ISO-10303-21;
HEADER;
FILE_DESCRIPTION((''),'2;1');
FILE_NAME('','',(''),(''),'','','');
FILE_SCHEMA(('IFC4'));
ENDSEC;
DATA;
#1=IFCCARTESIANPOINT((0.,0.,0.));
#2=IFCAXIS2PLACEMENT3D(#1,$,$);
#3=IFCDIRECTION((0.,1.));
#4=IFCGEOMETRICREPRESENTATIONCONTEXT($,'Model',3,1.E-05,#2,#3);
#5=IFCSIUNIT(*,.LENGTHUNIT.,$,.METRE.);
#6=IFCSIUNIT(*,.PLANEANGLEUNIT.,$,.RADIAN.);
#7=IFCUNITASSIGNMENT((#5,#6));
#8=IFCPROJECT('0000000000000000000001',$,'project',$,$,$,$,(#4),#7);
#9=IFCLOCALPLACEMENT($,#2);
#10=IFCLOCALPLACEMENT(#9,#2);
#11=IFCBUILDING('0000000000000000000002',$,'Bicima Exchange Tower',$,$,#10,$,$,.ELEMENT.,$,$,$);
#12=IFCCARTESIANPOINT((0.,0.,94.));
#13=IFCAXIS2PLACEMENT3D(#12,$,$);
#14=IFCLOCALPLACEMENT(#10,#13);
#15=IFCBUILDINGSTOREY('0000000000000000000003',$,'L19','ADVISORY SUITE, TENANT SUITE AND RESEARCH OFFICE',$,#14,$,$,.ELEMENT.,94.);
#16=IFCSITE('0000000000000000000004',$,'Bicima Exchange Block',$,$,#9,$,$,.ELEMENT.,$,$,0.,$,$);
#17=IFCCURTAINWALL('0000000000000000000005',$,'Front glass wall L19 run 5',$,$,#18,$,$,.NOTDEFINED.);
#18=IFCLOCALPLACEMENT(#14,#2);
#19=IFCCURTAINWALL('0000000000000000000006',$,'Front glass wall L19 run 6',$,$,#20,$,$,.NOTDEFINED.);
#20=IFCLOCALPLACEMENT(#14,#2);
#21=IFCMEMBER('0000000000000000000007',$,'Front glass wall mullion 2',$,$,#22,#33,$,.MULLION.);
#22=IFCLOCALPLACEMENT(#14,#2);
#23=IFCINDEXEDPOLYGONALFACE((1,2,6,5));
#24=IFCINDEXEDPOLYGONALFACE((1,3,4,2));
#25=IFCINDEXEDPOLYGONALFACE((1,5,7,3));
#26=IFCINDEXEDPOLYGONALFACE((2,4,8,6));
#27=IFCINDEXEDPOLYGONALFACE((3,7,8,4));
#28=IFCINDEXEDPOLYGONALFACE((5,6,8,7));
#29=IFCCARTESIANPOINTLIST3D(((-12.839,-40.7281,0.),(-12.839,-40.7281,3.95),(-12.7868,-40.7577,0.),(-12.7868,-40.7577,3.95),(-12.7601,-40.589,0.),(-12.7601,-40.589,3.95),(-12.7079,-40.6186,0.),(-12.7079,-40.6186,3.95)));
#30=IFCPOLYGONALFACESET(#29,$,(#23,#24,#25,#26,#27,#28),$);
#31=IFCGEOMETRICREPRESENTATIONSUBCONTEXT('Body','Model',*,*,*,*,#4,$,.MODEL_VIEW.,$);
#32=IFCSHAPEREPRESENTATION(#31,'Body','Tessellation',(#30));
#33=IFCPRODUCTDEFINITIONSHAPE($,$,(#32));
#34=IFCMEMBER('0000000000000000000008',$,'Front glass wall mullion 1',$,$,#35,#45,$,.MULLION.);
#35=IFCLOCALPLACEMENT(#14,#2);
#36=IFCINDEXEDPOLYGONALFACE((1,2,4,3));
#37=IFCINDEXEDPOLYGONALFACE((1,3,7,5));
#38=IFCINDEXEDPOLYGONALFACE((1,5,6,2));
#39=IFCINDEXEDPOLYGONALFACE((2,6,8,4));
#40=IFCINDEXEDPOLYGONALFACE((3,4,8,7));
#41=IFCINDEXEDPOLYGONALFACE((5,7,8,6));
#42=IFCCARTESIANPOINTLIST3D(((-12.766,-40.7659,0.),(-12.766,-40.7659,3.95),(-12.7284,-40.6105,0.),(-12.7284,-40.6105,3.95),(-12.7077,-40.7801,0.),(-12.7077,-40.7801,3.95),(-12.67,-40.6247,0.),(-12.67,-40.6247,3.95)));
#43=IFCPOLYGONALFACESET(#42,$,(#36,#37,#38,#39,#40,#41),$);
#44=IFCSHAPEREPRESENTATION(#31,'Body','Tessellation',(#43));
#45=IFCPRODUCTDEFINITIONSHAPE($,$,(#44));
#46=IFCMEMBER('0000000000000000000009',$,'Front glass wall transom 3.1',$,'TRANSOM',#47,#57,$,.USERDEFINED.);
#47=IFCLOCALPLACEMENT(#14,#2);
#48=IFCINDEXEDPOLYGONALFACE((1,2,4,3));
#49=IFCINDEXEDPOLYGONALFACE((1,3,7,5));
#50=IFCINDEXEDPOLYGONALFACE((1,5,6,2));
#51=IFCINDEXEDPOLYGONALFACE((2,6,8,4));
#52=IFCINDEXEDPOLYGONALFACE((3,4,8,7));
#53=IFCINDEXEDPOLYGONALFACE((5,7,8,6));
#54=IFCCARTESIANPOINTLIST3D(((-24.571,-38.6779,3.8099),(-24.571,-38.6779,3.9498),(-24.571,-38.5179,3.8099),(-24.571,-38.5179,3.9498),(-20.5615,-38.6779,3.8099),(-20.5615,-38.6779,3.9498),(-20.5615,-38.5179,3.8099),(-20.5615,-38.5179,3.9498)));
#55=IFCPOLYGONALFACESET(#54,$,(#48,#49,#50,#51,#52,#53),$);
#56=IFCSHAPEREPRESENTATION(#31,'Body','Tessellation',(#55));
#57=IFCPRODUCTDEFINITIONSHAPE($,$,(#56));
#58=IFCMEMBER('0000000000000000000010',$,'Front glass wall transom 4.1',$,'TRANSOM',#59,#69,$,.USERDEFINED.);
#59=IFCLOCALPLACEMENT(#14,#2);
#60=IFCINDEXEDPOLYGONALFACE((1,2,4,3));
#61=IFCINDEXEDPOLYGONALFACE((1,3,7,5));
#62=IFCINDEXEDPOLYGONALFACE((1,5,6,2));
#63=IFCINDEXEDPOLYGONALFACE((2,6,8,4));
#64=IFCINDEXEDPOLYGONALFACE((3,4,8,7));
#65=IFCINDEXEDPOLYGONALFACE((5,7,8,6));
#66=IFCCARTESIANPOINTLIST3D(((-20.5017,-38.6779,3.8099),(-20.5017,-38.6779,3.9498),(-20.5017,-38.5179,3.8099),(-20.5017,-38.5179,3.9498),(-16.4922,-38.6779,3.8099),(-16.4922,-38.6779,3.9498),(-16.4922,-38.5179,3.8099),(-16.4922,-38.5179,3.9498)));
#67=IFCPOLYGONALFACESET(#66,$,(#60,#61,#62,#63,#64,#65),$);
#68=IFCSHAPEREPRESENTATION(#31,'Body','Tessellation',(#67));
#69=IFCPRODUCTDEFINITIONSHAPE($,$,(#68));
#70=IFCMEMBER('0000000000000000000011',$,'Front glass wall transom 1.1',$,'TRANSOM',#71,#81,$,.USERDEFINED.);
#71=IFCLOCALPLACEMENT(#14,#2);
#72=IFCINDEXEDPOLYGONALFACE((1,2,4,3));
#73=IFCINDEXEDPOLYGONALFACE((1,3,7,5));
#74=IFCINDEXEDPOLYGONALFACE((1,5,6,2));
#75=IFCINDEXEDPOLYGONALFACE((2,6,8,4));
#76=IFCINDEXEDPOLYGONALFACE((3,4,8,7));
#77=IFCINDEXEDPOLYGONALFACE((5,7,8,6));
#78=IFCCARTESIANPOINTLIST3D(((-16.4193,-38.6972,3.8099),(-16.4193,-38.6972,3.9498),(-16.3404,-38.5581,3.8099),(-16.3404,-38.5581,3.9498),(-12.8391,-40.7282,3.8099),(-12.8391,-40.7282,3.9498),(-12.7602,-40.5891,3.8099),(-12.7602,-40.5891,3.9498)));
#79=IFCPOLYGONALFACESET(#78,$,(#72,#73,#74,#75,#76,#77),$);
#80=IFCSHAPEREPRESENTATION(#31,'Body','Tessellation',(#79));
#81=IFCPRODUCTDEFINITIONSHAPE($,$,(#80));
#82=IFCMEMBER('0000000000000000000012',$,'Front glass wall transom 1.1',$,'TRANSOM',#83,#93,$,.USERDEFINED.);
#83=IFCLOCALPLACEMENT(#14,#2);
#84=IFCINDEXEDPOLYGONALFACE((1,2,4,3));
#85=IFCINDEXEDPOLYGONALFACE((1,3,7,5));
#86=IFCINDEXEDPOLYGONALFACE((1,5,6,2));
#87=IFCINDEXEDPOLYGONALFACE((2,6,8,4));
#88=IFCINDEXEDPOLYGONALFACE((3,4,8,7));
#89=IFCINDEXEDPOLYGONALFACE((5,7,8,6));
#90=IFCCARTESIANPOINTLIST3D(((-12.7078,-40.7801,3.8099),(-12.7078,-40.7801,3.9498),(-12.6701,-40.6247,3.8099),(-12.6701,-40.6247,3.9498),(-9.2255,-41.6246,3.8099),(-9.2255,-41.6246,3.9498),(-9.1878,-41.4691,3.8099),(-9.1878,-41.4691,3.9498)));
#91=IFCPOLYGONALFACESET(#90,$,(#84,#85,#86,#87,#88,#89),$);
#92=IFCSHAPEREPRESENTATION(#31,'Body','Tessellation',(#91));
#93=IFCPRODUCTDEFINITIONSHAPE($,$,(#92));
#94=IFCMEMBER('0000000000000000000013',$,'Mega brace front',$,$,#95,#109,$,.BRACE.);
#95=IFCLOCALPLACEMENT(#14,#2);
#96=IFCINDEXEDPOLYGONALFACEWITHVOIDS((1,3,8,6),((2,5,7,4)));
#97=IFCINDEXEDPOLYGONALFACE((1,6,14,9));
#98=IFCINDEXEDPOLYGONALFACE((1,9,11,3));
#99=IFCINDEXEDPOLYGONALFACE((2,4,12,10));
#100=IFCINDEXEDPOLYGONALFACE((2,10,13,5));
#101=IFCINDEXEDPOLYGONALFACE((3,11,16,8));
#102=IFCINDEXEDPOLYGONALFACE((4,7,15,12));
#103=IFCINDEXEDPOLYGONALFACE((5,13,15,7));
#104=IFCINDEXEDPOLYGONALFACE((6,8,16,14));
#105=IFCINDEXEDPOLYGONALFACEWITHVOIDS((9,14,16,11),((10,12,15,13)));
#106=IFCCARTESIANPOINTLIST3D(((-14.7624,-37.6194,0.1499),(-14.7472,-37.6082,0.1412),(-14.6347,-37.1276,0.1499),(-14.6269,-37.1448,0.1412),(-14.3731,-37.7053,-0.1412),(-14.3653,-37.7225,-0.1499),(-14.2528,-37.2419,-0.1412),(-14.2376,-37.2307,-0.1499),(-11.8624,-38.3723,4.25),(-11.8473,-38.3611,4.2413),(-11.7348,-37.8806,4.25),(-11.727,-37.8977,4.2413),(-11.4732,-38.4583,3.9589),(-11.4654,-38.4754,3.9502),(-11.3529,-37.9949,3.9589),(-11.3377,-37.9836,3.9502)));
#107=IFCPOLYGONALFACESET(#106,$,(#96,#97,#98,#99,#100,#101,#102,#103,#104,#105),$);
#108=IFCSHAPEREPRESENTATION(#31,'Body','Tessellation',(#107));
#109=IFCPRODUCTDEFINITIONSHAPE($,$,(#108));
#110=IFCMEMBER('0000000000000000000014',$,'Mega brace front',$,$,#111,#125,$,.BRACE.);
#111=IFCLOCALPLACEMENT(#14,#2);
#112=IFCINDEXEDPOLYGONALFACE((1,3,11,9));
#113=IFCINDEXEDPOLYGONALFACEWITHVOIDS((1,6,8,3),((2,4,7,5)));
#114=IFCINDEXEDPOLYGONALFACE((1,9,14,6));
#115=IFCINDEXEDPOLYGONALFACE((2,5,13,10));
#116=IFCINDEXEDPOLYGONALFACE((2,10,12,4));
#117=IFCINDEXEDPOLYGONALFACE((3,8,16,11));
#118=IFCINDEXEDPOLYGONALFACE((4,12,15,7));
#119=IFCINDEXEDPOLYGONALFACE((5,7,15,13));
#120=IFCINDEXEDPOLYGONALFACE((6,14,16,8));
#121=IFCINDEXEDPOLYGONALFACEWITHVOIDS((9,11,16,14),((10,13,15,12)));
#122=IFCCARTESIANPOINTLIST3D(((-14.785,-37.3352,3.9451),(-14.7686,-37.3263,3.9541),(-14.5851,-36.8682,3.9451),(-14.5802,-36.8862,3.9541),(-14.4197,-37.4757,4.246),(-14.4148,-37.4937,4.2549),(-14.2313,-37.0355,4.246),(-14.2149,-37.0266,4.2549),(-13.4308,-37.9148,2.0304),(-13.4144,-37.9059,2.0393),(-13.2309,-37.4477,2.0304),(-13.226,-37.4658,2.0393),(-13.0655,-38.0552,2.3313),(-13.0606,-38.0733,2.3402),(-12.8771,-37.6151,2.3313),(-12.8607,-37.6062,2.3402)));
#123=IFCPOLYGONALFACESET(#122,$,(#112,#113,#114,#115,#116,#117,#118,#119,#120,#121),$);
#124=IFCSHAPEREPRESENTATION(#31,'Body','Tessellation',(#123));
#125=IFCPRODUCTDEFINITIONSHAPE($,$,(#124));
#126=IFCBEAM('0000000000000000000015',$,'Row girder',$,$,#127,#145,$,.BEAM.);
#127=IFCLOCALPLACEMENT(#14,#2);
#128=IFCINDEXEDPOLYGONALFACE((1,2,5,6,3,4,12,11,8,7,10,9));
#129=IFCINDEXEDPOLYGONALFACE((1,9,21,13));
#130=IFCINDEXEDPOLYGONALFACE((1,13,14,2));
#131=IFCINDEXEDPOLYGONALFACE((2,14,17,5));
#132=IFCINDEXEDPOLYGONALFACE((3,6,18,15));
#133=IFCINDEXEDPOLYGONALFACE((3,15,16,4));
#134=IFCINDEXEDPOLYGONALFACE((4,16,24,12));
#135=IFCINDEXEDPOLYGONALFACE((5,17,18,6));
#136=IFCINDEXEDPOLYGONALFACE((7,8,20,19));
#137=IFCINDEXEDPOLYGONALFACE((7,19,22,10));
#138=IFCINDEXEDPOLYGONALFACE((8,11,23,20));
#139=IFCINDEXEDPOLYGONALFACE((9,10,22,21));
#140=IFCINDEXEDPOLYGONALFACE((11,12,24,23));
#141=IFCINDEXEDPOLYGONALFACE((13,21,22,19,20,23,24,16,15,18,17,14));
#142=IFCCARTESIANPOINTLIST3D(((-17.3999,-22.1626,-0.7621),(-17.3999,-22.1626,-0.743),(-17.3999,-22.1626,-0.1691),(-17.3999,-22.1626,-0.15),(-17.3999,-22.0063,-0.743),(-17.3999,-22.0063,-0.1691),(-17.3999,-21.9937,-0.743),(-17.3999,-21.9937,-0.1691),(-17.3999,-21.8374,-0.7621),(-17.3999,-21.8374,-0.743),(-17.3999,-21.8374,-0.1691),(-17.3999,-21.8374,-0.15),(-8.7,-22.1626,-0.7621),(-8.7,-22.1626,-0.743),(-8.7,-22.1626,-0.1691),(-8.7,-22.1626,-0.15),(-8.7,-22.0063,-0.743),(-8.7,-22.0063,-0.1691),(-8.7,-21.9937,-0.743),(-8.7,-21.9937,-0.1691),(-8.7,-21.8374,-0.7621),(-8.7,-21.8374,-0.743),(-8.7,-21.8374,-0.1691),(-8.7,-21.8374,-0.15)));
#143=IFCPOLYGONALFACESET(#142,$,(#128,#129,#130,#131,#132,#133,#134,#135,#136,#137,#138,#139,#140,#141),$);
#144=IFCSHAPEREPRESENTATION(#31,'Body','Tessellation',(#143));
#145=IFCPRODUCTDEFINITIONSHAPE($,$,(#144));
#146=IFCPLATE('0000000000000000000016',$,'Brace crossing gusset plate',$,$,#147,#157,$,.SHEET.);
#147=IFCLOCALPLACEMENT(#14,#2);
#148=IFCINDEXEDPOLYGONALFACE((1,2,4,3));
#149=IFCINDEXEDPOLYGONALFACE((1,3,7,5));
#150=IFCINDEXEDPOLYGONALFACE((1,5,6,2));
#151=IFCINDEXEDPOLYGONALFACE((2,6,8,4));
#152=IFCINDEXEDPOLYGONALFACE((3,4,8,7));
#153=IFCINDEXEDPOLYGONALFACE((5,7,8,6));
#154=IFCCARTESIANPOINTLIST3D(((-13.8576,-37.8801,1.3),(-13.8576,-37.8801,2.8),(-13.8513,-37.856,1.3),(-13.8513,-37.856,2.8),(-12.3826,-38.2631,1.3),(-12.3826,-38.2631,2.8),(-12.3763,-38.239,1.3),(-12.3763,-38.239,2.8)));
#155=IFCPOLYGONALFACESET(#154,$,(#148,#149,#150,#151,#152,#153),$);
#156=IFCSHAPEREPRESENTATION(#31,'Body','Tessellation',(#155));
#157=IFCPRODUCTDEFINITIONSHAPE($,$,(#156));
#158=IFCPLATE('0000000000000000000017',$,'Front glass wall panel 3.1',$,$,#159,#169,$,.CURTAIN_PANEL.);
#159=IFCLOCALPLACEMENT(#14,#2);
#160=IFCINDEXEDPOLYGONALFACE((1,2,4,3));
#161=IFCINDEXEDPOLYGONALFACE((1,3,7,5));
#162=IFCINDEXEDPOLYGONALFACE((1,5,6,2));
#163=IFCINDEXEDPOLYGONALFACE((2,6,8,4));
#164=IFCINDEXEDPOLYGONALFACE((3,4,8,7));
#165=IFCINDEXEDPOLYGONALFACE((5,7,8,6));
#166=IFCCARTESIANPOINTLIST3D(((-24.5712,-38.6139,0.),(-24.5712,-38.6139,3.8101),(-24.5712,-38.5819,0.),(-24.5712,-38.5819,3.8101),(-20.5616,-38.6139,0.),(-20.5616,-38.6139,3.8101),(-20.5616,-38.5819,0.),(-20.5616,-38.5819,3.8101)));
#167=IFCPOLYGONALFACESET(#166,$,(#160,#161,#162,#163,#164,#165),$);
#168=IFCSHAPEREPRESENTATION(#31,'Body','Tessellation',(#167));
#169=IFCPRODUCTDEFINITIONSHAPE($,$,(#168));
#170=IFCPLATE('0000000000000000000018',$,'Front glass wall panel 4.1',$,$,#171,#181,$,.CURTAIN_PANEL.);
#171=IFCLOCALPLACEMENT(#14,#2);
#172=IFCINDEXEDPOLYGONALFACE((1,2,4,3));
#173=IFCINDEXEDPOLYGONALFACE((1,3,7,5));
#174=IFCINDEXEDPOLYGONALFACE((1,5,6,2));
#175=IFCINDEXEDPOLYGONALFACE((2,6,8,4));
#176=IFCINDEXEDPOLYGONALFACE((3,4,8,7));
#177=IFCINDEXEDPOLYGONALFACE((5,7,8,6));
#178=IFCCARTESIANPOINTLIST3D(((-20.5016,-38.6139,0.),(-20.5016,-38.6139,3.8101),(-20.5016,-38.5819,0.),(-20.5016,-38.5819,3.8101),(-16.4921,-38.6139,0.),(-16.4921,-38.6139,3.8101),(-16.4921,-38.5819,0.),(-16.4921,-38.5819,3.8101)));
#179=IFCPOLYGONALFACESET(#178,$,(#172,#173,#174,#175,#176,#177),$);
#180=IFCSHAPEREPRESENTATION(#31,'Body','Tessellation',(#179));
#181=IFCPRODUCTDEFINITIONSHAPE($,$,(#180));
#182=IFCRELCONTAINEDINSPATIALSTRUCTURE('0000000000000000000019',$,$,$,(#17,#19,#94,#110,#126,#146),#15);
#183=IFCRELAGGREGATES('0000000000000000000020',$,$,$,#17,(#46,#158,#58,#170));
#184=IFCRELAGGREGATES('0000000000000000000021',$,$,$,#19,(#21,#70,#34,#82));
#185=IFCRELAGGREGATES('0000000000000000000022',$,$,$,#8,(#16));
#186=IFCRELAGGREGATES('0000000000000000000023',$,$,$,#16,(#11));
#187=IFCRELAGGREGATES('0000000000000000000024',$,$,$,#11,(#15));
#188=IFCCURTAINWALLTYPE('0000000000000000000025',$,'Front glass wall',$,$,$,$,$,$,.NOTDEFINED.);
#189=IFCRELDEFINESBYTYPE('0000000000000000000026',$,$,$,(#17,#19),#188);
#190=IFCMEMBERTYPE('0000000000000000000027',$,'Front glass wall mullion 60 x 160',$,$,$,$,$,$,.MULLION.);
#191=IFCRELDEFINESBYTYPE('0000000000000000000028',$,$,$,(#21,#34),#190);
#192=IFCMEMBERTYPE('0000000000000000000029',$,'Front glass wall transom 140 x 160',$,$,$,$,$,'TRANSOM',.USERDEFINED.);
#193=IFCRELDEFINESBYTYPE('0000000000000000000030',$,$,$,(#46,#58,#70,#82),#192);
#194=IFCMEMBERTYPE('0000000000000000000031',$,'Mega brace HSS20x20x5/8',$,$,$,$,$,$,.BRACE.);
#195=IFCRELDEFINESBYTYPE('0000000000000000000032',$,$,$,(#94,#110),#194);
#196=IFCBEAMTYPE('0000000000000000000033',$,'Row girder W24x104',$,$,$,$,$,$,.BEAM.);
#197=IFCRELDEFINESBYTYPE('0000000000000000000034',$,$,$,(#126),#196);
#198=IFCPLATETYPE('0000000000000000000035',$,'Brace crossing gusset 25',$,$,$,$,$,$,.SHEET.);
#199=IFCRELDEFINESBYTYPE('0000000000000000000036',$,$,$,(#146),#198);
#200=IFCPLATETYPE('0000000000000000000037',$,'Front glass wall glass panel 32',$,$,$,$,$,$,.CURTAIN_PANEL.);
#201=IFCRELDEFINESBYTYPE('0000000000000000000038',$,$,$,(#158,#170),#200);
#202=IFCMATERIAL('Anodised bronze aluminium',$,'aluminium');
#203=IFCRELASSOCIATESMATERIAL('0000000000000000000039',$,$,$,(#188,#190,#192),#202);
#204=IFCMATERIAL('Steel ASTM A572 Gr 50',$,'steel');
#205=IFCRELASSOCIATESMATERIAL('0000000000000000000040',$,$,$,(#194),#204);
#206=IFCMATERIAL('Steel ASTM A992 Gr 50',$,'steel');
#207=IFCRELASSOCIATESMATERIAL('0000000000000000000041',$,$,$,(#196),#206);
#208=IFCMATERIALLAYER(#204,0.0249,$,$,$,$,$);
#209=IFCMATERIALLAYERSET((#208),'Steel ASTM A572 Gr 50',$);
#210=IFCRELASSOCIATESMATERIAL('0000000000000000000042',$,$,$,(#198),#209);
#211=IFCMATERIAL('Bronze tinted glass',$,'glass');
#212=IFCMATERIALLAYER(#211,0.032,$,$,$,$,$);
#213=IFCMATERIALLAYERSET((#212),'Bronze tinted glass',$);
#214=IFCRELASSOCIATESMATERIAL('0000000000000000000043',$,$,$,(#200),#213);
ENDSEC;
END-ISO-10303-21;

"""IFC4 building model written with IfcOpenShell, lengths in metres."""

from ifc_helpers import new_model, si_unit, direction, frame, origin, origin_2d, place, context, subcontext, project, spatial, rectangle, hollow_rectangle, i_section, extrude, material, layer, layer_set, material_profile, profile_set, type_object, element, aggregate, save


model = new_model("IFC4")

# Units and contexts
model_context = context("Model", 3, precision=1e-05, world=origin(), true_north=direction((0.0, 1.0)))
body_context = subcontext(model_context, "Body", "Model", "MODEL_VIEW")
ifc_project = project(units=[si_unit("LENGTHUNIT", "METRE"), si_unit("PLANEANGLEUNIT", "RADIAN")], contexts=[model_context])

# Site, building, storey
site_placement = place(None, origin())
site = spatial("IfcSite", under=ifc_project, at=site_placement, Name="Bicima Exchange Block", CompositionType="ELEMENT", RefElevation=0.0)
building_placement = place(site_placement, origin())
building = spatial("IfcBuilding", under=site, at=building_placement, Name="Bicima Exchange Tower", CompositionType="ELEMENT")
storey_placement = place(building_placement, frame((0.0, 0.0, 94.0)))
storey = spatial("IfcBuildingStorey", under=building, at=storey_placement, Name="L19", Description="ADVISORY SUITE, TENANT SUITE AND RESEARCH OFFICE", CompositionType="ELEMENT", Elevation=94.0)

# Shared definitions
ifc_material_1 = material(Name="Steel ASTM A992 Gr 50", Category="steel")

# Curtain walls, members
ifc_material_2 = material(Name="Anodised bronze aluminium", Category="aluminium")
curtain_wall_type = type_object("IfcCurtainWallType", Name="Front glass wall", PredefinedType="NOTDEFINED", material=ifc_material_2)
curtain_wall_1_placement = place(storey_placement, origin())
curtain_wall_1 = element("IfcCurtainWall", 1, at=curtain_wall_1_placement, inside=storey, type_object=curtain_wall_type, Name="Front glass wall L19 run 5", PredefinedType="NOTDEFINED")
ifc_material_profile_1 = material_profile(ifc_material_2, rectangle(XDim=0.1599, YDim=0.0601, at=origin_2d()))
ifc_profile_set_1 = profile_set([ifc_material_profile_1], Name="Anodised bronze aluminium")
member_type_1 = type_object("IfcMemberType", Name="Front glass wall mullion 60 x 160", PredefinedType="MULLION", material=ifc_profile_set_1)
curtain_wall_2_placement = place(storey_placement, origin())
curtain_wall_2 = element("IfcCurtainWall", 2, at=curtain_wall_2_placement, inside=storey, type_object=curtain_wall_type, Name="Front glass wall L19 run 6", PredefinedType="NOTDEFINED")
member_1_placement = place(storey_placement, frame((-12.7734, -40.6733, 0.0), z_axis=(0.0, 0.0, 1.0), x_axis=(0.493395, 0.869805, 0.0)))
member_1 = element("IfcMember", 3, at=member_1_placement, type_object=member_type_1, Name="Front glass wall mullion 2", PredefinedType="MULLION", context=body_context, shape_type="SweptSolid", body=[
    extrude(rectangle(XDim=0.1599, YDim=0.0601, at=origin_2d()), origin(), (0.0, 0.0, 1.0), 3.95),
])
member_2_placement = place(storey_placement, frame((-12.718, -40.6953, 0.0), z_axis=(0.0, 0.0, 1.0), x_axis=(0.235682, 0.97183, 0.0)))
member_2 = element("IfcMember", 4, at=member_2_placement, type_object=member_type_1, Name="Front glass wall mullion 1", PredefinedType="MULLION", context=body_context, shape_type="SweptSolid", body=[
    extrude(rectangle(XDim=0.1599, YDim=0.0601, at=origin_2d()), origin(), (0.0, 0.0, 1.0), 3.95),
])

# Members
ifc_material_profile_2 = material_profile(ifc_material_2, rectangle(XDim=0.1599, YDim=0.1399, at=origin_2d()))
ifc_profile_set_2 = profile_set([ifc_material_profile_2], Name="Anodised bronze aluminium")
member_type_2 = type_object("IfcMemberType", Name="Front glass wall transom 140 x 160", ElementType="TRANSOM", PredefinedType="USERDEFINED", material=ifc_profile_set_2)
member_3_placement = place(storey_placement, frame((-24.571, -38.5979, 3.8799), z_axis=(1.0, 0.0, 0.0), x_axis=(0.0, 1.0, 0.0)))
member_3 = element("IfcMember", 5, at=member_3_placement, type_object=member_type_2, Name="Front glass wall transom 3.1", ObjectType="TRANSOM", PredefinedType="USERDEFINED", context=body_context, shape_type="SweptSolid", body=[
    extrude(rectangle(XDim=0.1599, YDim=0.1399, at=origin_2d()), origin(), (0.0, 0.0, 1.0), 4.0095),
])
member_4_placement = place(storey_placement, frame((-20.5017, -38.5979, 3.8799), z_axis=(1.0, 0.0, 0.0), x_axis=(0.0, 1.0, 0.0)))
member_4 = element("IfcMember", 6, at=member_4_placement, type_object=member_type_2, Name="Front glass wall transom 4.1", ObjectType="TRANSOM", PredefinedType="USERDEFINED", context=body_context, shape_type="SweptSolid", body=[
    extrude(rectangle(XDim=0.1599, YDim=0.1399, at=origin_2d()), origin(), (0.0, 0.0, 1.0), 4.0095),
])
member_5_placement = place(storey_placement, frame((-16.3799, -38.6277, 3.8799), z_axis=(0.869797, -0.493409, 0.0), x_axis=(0.493409, 0.869797, 0.0)))
member_5 = element("IfcMember", 7, at=member_5_placement, type_object=member_type_2, Name="Front glass wall transom 1.1", ObjectType="TRANSOM", PredefinedType="USERDEFINED", context=body_context, shape_type="SweptSolid", body=[
    extrude(rectangle(XDim=0.1599, YDim=0.1399, at=origin_2d()), origin(), (0.0, 0.0, 1.0), 4.1162),
])
member_6_placement = place(storey_placement, frame((-12.689, -40.7024, 3.8799), z_axis=(0.971834, -0.235668, 0.0), x_axis=(0.235668, 0.971834, 0.0)))
member_6 = element("IfcMember", 8, at=member_6_placement, type_object=member_type_2, Name="Front glass wall transom 1.1", ObjectType="TRANSOM", PredefinedType="USERDEFINED", context=body_context, shape_type="SweptSolid", body=[
    extrude(rectangle(XDim=0.1599, YDim=0.1399, at=origin_2d()), origin(), (0.0, 0.0, 1.0), 3.5833),
])

# Members
ifc_material_3 = material(Name="Steel ASTM A572 Gr 50", Category="steel")
ifc_material_profile_3 = material_profile(ifc_material_3, hollow_rectangle(XDim=0.5081, YDim=0.5081, WallThickness=0.0146, at=origin_2d()))
ifc_profile_set_3 = profile_set([ifc_material_profile_3], Name="Steel ASTM A572 Gr 50")
member_type_3 = type_object("IfcMemberType", Name="Mega brace HSS20x20x5/8", PredefinedType="BRACE", material=ifc_profile_set_3)
member_7_placement = place(storey_placement, frame((-14.5, -37.425, 0.0), z_axis=(0.57106, -0.14827, 0.807407), x_axis=(0.251307, 0.967907, 0.0)))
element("IfcMember", 9, at=member_7_placement, inside=storey, type_object=member_type_3, Name="Mega brace front", PredefinedType="BRACE", context=body_context, shape_type="SweptSolid", body=[
    extrude(hollow_rectangle(XDim=0.5081, YDim=0.5081, WallThickness=0.0146, at=origin_2d()), origin(), (0.0, 0.0, 1.0), 5.0781),
])
member_8_placement = place(storey_placement, frame((-13.1458, -37.7605, 2.1853), z_axis=(-0.560567, 0.239911, 0.792595), x_axis=(-0.393459, -0.919342, 0.0)))
element("IfcMember", 10, at=member_8_placement, inside=storey, type_object=member_type_3, Name="Mega brace front", PredefinedType="BRACE", context=body_context, shape_type="SweptSolid", body=[
    extrude(hollow_rectangle(XDim=0.5081, YDim=0.5081, WallThickness=0.0146, at=origin_2d()), origin(), (0.0, 0.0, 1.0), 2.4158),
])

# Beam
ifc_material_profile_4 = material_profile(ifc_material_1, i_section(OverallWidth=0.3252, OverallDepth=0.6121, WebThickness=0.0127, FlangeThickness=0.019, at=origin_2d()))
ifc_profile_set_4 = profile_set([ifc_material_profile_4], Name="Steel ASTM A992 Gr 50")
beam_type_1 = type_object("IfcBeamType", Name="Row girder W24x104", PredefinedType="BEAM", material=ifc_profile_set_4)
beam_1_placement = place(storey_placement, frame((-17.3999, -22.0, -0.4561), z_axis=(1.0, 0.0, 0.0), x_axis=(0.0, 1.0, 0.0)))
element("IfcBeam", 11, at=beam_1_placement, inside=storey, type_object=beam_type_1, Name="Row girder", PredefinedType="BEAM", context=body_context, shape_type="SweptSolid", body=[
    extrude(i_section(OverallWidth=0.3252, OverallDepth=0.6121, WebThickness=0.0127, FlangeThickness=0.019, at=origin_2d()), origin(), (0.0, 0.0, 1.0), 8.7),
])

# Plates
ifc_layer_1 = layer(ifc_material_3, 0.0249)
ifc_layer_set_1 = layer_set([ifc_layer_1], Name="Steel ASTM A572 Gr 50")
plate_type_1 = type_object("IfcPlateType", Name="Brace crossing gusset 25", PredefinedType="SHEET", material=ifc_layer_set_1)
plate_1_placement = place(storey_placement, frame((-13.1169, -38.0596, 1.3), z_axis=(0.0, 0.0, 1.0), x_axis=(0.967902, -0.25133, 0.0)))
element("IfcPlate", 12, at=plate_1_placement, inside=storey, type_object=plate_type_1, Name="Brace crossing gusset plate", PredefinedType="SHEET", context=body_context, shape_type="SweptSolid", body=[
    extrude(rectangle(XDim=1.5239, YDim=0.0249, at=origin_2d()), origin(), (0.0, 0.0, 1.0), 1.5),
])
ifc_material_4 = material(Name="Bronze tinted glass", Category="glass")
ifc_layer_2 = layer(ifc_material_4, 0.032)
ifc_layer_set_2 = layer_set([ifc_layer_2], Name="Bronze tinted glass")
plate_type_2 = type_object("IfcPlateType", Name="Front glass wall glass panel 32", PredefinedType="CURTAIN_PANEL", material=ifc_layer_set_2)
plate_2_placement = place(storey_placement, frame((-22.5664, -38.5979, 0.0), z_axis=(0.0, 0.0, 1.0), x_axis=(1.0, 0.0, 0.0)))
plate_2 = element("IfcPlate", 13, at=plate_2_placement, type_object=plate_type_2, Name="Front glass wall panel 3.1", PredefinedType="CURTAIN_PANEL", context=body_context, shape_type="SweptSolid", body=[
    extrude(rectangle(XDim=4.0095, YDim=0.032, at=origin_2d()), origin(), (0.0, 0.0, 1.0), 3.8101),
])
plate_3_placement = place(storey_placement, frame((-18.4968, -38.5979, 0.0), z_axis=(0.0, 0.0, 1.0), x_axis=(1.0, 0.0, 0.0)))
plate_3 = element("IfcPlate", 14, at=plate_3_placement, type_object=plate_type_2, Name="Front glass wall panel 4.1", PredefinedType="CURTAIN_PANEL", context=body_context, shape_type="SweptSolid", body=[
    extrude(rectangle(XDim=4.0095, YDim=0.032, at=origin_2d()), origin(), (0.0, 0.0, 1.0), 3.8101),
])
aggregate(curtain_wall_1, [member_3, plate_2, member_4, plate_3])
aggregate(curtain_wall_2, [member_1, member_5, member_2, member_6])

save(model, "model.ifc")
